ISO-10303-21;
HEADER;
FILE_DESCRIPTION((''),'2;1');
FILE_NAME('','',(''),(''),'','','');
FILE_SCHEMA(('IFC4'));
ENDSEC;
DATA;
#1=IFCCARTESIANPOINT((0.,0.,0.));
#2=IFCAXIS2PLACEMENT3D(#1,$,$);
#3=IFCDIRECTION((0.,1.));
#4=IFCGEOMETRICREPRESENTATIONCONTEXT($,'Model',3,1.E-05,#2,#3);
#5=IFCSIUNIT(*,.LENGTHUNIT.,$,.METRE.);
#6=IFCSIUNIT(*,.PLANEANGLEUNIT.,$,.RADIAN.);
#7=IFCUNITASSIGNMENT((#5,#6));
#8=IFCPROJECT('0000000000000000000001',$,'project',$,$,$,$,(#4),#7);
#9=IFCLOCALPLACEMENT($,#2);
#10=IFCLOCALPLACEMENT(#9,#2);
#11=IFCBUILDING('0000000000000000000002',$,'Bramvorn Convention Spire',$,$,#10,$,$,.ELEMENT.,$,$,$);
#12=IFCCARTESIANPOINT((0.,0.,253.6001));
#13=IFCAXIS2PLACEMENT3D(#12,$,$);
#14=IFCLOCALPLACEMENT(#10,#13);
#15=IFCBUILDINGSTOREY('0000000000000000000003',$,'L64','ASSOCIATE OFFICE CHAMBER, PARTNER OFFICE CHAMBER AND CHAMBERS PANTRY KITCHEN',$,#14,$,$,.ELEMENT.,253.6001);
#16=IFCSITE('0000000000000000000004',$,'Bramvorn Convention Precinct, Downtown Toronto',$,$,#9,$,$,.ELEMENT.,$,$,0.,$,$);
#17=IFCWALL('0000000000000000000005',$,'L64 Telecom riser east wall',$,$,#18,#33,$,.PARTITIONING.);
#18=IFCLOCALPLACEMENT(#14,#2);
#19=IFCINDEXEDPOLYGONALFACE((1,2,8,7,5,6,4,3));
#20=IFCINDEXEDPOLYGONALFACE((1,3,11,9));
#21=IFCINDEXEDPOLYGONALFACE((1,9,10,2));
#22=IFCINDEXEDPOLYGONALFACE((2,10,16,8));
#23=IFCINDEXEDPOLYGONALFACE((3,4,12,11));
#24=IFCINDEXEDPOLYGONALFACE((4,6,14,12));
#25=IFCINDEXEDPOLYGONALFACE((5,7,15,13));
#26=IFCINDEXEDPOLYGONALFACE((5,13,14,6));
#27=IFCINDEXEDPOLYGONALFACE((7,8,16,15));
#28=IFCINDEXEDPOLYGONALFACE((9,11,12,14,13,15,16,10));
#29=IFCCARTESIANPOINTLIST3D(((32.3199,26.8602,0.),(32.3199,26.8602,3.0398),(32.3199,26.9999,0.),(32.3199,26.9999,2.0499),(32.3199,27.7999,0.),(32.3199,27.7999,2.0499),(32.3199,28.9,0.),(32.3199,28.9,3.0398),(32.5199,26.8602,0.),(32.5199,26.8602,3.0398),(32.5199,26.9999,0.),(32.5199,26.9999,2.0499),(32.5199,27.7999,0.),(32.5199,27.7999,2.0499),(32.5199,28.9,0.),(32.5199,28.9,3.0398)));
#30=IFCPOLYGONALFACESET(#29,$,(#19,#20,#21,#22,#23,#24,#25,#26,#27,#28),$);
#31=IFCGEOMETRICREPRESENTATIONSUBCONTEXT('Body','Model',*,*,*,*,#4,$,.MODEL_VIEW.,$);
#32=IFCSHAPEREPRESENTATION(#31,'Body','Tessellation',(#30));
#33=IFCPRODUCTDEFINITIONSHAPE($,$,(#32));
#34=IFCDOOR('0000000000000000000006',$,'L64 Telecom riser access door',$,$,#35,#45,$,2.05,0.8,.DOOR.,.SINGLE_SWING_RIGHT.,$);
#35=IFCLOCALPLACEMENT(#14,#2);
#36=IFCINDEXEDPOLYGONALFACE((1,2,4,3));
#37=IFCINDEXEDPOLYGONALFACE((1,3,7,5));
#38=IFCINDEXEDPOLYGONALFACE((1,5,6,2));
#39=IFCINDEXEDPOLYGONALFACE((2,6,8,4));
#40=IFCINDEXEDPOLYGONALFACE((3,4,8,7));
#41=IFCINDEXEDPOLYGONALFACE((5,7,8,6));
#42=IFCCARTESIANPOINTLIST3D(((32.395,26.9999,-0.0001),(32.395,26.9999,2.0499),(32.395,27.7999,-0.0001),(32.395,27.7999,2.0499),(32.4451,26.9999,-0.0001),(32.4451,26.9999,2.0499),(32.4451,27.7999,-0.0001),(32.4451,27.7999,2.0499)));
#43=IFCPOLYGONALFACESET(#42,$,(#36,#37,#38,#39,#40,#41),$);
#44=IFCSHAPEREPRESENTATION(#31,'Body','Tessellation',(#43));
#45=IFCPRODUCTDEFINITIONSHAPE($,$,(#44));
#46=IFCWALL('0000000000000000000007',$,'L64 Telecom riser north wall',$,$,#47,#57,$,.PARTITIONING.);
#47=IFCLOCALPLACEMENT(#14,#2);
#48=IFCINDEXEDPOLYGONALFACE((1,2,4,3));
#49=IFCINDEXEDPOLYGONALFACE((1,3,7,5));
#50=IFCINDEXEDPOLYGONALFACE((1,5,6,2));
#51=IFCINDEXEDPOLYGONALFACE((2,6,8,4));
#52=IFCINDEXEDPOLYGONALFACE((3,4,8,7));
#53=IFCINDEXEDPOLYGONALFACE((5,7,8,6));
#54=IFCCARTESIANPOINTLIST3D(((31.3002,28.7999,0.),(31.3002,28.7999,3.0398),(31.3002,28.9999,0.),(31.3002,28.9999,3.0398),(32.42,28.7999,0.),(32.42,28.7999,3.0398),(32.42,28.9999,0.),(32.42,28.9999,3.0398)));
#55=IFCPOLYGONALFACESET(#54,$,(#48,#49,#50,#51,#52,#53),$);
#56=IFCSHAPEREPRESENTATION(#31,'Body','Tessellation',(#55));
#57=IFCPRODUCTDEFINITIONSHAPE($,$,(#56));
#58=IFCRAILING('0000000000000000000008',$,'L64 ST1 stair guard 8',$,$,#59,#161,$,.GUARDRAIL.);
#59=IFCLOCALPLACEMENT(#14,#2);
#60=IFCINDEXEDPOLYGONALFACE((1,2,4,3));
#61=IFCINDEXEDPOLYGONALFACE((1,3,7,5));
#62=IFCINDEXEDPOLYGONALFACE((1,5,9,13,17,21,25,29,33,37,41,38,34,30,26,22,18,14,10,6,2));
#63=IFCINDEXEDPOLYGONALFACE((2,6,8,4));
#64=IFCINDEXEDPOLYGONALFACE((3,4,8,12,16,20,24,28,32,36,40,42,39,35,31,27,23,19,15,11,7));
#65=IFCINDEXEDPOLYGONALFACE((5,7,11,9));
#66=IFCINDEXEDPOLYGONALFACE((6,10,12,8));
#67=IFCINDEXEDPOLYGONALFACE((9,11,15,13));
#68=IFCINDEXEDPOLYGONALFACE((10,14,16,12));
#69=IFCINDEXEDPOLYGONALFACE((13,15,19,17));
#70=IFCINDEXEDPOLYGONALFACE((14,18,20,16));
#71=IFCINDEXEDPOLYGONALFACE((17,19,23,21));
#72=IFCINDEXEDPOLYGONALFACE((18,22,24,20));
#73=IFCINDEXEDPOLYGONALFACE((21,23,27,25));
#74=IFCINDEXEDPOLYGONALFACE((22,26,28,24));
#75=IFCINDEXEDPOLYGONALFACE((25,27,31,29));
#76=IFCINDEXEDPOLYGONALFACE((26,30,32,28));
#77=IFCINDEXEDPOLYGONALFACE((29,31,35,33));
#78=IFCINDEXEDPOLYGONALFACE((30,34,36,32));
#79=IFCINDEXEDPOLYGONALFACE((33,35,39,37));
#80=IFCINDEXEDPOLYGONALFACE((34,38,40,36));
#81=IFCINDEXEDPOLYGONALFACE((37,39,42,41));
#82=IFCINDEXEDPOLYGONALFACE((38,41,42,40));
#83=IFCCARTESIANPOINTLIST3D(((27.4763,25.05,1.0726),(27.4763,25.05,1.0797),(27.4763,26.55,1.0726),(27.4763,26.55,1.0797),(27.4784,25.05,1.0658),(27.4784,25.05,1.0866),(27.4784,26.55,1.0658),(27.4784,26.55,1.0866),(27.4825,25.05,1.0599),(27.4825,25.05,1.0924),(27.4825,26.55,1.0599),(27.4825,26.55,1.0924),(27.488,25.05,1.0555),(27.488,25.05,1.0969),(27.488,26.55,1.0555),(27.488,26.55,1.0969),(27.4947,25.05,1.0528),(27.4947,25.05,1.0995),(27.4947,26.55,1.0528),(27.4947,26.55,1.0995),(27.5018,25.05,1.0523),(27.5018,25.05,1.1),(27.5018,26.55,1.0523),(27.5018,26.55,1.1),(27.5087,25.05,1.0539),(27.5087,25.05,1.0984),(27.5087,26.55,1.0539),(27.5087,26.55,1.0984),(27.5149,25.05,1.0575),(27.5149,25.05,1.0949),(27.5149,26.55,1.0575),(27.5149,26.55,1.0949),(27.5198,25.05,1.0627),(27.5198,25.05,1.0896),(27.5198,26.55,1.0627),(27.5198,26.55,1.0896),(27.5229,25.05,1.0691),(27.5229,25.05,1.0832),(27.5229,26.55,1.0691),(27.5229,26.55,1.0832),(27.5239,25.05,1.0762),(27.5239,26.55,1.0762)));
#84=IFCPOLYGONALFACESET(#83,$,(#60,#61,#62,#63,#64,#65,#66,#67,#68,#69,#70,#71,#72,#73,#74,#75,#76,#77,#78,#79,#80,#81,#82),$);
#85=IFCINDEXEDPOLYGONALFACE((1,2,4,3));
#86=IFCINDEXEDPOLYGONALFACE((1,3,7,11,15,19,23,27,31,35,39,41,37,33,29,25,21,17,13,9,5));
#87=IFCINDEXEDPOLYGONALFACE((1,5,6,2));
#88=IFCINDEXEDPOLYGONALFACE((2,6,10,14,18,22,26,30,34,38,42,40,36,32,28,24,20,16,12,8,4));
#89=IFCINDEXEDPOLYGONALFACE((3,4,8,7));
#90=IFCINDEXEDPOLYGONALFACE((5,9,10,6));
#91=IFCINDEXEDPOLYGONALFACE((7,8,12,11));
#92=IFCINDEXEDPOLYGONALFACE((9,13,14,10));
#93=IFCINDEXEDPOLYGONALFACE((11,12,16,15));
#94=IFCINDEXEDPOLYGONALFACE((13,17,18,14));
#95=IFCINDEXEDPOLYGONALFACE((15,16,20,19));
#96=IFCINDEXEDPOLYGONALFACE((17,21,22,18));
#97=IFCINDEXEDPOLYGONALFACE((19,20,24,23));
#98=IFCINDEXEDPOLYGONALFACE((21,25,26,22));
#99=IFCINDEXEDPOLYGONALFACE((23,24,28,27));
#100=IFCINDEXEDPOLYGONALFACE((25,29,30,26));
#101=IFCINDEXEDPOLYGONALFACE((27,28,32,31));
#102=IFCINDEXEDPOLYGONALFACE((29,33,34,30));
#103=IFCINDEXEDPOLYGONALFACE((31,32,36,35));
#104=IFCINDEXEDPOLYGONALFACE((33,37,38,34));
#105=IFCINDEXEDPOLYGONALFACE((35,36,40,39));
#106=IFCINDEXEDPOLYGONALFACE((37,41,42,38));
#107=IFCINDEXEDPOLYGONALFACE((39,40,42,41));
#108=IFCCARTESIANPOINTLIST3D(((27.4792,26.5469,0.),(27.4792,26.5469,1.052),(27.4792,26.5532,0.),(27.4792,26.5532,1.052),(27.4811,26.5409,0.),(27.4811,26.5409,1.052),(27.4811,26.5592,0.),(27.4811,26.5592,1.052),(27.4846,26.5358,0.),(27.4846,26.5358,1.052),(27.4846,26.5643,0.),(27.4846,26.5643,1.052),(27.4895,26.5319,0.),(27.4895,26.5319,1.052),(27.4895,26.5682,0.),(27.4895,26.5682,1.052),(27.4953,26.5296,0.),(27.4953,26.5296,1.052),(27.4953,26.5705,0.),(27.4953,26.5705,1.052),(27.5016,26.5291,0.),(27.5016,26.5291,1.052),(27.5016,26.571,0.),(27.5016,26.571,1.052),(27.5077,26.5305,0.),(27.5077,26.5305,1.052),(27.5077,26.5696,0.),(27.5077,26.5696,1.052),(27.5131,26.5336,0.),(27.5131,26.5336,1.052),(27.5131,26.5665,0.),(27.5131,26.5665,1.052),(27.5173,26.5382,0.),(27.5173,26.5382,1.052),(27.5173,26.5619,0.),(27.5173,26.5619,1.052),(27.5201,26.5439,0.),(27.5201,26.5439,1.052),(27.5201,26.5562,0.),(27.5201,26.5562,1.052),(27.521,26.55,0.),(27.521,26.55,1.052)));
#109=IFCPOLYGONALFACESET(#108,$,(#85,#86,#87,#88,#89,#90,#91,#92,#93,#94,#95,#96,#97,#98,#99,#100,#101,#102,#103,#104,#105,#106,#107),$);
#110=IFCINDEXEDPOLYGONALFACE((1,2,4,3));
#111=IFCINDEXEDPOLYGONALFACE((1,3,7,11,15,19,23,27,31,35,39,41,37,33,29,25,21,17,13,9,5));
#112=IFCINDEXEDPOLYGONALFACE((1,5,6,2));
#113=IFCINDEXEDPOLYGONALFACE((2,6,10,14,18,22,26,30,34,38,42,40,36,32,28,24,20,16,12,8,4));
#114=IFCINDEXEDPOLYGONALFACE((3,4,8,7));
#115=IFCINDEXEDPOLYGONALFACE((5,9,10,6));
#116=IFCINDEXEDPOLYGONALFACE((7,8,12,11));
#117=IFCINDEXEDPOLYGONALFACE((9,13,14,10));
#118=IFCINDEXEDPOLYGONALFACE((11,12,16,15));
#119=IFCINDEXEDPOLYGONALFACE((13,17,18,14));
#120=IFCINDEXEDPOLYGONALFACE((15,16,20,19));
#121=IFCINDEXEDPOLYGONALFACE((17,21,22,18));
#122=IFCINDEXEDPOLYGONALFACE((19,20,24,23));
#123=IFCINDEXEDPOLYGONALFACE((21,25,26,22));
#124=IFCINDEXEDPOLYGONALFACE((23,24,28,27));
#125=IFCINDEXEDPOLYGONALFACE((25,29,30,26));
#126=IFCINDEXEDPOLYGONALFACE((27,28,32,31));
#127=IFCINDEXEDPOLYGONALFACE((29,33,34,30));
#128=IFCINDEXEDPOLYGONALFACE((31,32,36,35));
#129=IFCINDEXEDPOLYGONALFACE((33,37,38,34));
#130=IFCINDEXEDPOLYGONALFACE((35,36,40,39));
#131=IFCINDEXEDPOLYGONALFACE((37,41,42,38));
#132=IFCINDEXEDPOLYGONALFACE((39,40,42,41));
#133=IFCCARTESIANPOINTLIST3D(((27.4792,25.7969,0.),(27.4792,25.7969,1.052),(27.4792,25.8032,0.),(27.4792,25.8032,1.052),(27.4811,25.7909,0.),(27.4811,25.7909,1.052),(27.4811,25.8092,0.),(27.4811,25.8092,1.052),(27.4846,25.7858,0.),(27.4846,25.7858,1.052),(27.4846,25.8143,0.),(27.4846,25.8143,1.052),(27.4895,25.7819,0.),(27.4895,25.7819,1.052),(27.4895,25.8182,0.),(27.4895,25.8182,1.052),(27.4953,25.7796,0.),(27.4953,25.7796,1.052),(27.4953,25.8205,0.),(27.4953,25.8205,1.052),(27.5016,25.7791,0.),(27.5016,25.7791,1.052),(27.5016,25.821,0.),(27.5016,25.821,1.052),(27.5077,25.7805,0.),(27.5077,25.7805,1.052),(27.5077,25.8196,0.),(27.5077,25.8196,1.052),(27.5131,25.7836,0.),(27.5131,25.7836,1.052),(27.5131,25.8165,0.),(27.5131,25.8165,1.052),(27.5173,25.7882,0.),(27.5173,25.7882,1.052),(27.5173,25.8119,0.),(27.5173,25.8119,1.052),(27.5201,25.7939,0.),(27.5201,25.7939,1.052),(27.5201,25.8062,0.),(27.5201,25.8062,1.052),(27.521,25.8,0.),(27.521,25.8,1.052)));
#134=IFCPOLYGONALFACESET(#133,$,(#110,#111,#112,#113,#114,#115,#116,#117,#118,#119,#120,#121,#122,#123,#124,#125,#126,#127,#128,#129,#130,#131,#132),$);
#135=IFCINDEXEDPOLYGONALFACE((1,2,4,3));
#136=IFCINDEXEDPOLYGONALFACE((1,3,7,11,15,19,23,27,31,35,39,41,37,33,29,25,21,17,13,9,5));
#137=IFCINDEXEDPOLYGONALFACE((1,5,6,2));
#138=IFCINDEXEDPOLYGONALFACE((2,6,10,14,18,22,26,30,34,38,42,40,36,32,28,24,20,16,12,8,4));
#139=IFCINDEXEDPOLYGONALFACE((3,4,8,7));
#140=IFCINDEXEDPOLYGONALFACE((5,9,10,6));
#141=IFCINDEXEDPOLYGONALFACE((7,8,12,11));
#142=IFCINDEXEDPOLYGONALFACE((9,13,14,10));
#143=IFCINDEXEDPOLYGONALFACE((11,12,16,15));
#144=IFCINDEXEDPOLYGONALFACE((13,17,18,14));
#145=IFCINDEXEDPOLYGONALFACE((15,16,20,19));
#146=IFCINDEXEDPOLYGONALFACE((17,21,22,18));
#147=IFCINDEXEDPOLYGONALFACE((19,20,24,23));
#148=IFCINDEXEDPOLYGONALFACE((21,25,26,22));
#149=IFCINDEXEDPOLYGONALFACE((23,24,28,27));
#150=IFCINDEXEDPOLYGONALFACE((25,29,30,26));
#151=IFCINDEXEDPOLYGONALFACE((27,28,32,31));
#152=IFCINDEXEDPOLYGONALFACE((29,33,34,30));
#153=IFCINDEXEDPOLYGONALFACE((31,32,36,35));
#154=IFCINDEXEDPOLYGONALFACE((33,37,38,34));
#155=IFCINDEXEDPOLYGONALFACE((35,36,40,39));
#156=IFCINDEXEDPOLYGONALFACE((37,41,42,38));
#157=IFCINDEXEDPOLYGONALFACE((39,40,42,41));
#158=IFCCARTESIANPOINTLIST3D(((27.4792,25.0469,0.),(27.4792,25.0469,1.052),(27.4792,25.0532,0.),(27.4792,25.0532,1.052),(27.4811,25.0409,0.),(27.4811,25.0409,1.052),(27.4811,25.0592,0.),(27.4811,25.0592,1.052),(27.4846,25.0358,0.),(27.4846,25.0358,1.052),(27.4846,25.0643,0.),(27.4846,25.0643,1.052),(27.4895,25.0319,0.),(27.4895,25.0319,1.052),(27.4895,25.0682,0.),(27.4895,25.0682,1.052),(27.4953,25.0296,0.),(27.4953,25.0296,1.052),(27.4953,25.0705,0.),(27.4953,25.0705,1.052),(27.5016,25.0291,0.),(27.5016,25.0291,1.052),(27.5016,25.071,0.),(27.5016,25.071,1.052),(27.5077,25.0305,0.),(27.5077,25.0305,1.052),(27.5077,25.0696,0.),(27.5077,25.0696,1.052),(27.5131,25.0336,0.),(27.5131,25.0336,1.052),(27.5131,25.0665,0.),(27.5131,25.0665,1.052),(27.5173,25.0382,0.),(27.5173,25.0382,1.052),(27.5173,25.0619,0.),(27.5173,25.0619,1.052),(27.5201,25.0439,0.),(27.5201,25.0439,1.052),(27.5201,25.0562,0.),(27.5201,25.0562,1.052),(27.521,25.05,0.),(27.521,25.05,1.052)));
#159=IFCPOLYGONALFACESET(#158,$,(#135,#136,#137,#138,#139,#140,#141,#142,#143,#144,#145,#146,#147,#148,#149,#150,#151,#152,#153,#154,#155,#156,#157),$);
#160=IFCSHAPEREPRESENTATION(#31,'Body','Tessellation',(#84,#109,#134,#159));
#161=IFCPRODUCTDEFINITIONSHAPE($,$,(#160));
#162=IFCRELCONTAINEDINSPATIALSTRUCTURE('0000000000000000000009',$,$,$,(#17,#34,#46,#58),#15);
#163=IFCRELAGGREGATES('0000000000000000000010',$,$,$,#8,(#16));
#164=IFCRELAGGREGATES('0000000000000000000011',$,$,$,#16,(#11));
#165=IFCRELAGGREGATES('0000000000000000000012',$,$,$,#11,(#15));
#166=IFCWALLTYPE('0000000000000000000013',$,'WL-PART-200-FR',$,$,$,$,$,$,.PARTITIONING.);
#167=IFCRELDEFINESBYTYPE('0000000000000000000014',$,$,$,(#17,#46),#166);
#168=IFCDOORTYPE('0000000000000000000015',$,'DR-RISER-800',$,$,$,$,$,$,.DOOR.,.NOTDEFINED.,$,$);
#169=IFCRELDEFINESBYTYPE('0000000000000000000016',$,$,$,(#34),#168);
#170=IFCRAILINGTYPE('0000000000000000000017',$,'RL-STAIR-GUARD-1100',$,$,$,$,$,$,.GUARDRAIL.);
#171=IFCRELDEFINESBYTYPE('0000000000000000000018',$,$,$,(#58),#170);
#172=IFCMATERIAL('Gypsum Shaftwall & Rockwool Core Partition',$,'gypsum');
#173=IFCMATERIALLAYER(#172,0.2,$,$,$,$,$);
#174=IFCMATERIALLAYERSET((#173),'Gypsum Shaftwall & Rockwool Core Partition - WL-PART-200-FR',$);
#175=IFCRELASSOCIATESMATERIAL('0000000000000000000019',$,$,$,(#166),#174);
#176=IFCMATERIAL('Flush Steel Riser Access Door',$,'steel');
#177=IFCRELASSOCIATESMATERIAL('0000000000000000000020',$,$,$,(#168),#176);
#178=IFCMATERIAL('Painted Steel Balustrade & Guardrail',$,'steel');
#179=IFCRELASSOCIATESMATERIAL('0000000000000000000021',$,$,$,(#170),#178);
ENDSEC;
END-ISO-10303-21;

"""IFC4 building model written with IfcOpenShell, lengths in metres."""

from ifc_helpers import new_model, si_unit, direction, frame, frame_2d, origin, origin_2d, place, context, subcontext, project, spatial, rectangle, circle, extrude, material, layer, layer_set, type_object, element, fill, save


model = new_model("IFC4")

# Units and contexts
model_context = context("Model", 3, precision=1e-05, world=origin(), true_north=direction((0.0, 1.0)))
body_context = subcontext(model_context, "Body", "Model", "MODEL_VIEW")
ifc_project = project(units=[si_unit("LENGTHUNIT", "METRE"), si_unit("PLANEANGLEUNIT", "RADIAN")], contexts=[model_context])

# Site, building, storey
site_placement = place(None, origin())
site = spatial("IfcSite", under=ifc_project, at=site_placement, Name="Bramvorn Convention Precinct, Downtown Toronto", CompositionType="ELEMENT", RefElevation=0.0)
building_placement = place(site_placement, origin())
building = spatial("IfcBuilding", under=site, at=building_placement, Name="Bramvorn Convention Spire", CompositionType="ELEMENT")
storey_placement = place(building_placement, frame((0.0, 0.0, 253.6001)))
storey = spatial("IfcBuildingStorey", under=building, at=storey_placement, Name="L64", Description="ASSOCIATE OFFICE CHAMBER, PARTNER OFFICE CHAMBER AND CHAMBERS PANTRY KITCHEN", CompositionType="ELEMENT", Elevation=253.6001)

# Wall, opening, door
ifc_material_1 = material(Name="Gypsum Shaftwall & Rockwool Core Partition", Category="gypsum")
ifc_layer_1 = layer(ifc_material_1, 0.2)
ifc_layer_set_1 = layer_set([ifc_layer_1], Name="Gypsum Shaftwall & Rockwool Core Partition - WL-PART-200-FR")
wall_type_1 = type_object("IfcWallType", Name="WL-PART-200-FR", PredefinedType="PARTITIONING", material=ifc_layer_set_1)
wall_1_placement = place(storey_placement, frame((32.4199, 26.8601, 0.0), z_axis=(0.0, 0.0, 1.0), x_axis=(0.0, 1.0, 0.0)))
wall_1 = element("IfcWall", 1, at=wall_1_placement, inside=storey, type_object=wall_type_1, Name="L64 Telecom riser east wall", PredefinedType="PARTITIONING", context=body_context, shape_type="SweptSolid", body=[
    extrude(rectangle(XDim=2.0398, YDim=0.2, at=frame_2d((1.02, 0.0))), origin(), (0.0, 0.0, 1.0), 3.0398),
])
opening_1_placement = place(wall_1_placement, frame((0.1399, 0.0, 0.0)))
opening_1 = element("IfcOpeningElement", 2, at=opening_1_placement, cuts=wall_1, PredefinedType="OPENING", context=body_context, shape_type="SweptSolid", body=[
    extrude(rectangle(XDim=0.8, YDim=2.05, at=frame_2d((0.3999, 1.0249))), frame((0.0, 0.1099, 0.0), z_axis=(0.0, -1.0, 0.0), x_axis=(1.0, 0.0, 0.0)), (0.0, 0.0, 1.0), 0.22),
])
ifc_material_2 = material(Name="Flush Steel Riser Access Door", Category="steel")
door_type_1 = type_object("IfcDoorType", Name="DR-RISER-800", OperationType="NOTDEFINED", PredefinedType="DOOR", material=ifc_material_2)
door_1_placement = place(opening_1_placement, origin())
door_1 = element("IfcDoor", 3, at=door_1_placement, inside=storey, type_object=door_type_1, Name="L64 Telecom riser access door", OperationType="SINGLE_SWING_RIGHT", OverallHeight=2.05, OverallWidth=0.8, PredefinedType="DOOR", context=body_context, shape_type="SweptSolid", body=[
    extrude(rectangle(XDim=0.8, YDim=2.05, at=frame_2d((0.3999, 1.0249))), frame((0.0, 0.0249, 0.0), z_axis=(0.0, -1.0, 0.0), x_axis=(1.0, 0.0, 0.0)), (0.0, 0.0, 1.0), 0.05),
])
fill(opening_1, door_1)

# Wall
wall_2_placement = place(storey_placement, frame((31.3, 28.8999, 0.0), z_axis=(0.0, 0.0, 1.0), x_axis=(1.0, 0.0, 0.0)))
element("IfcWall", 4, at=wall_2_placement, inside=storey, type_object=wall_type_1, Name="L64 Telecom riser north wall", PredefinedType="PARTITIONING", context=body_context, shape_type="SweptSolid", body=[
    extrude(rectangle(XDim=1.1199, YDim=0.2, at=frame_2d((0.5601, 0.0))), origin(), (0.0, 0.0, 1.0), 3.0398),
])

# Railing
ifc_material_3 = material(Name="Painted Steel Balustrade & Guardrail", Category="steel")
railing_type = type_object("IfcRailingType", Name="RL-STAIR-GUARD-1100", PredefinedType="GUARDRAIL", material=ifc_material_3)
for number, where, name in (
    (5, (27.5, 26.55, 0.0), "L64 ST1 stair guard 8"),
):
    element("IfcRailing", number, at=place(storey_placement, frame(where)), inside=storey, type_object=railing_type, Name=name, PredefinedType="GUARDRAIL", context=body_context, shape_type="SweptSolid", body=[
        extrude(circle(Radius=0.0239, at=origin_2d()), frame((0.0, 0.0, 1.0762), z_axis=(0.0, -1.0, 0.0), x_axis=(1.0, 0.0, 0.0)), (0.0, 0.0, 1.0), 1.5),
        extrude(circle(Radius=0.021, at=origin_2d()), origin(), (0.0, 0.0, 1.0), 1.052),
        extrude(circle(Radius=0.021, at=origin_2d()), frame((0.0, -0.75, 0.0)), (0.0, 0.0, 1.0), 1.052),
        extrude(circle(Radius=0.021, at=origin_2d()), frame((0.0, -1.5, 0.0)), (0.0, 0.0, 1.0), 1.052),
    ])

save(model, "model.ifc")
